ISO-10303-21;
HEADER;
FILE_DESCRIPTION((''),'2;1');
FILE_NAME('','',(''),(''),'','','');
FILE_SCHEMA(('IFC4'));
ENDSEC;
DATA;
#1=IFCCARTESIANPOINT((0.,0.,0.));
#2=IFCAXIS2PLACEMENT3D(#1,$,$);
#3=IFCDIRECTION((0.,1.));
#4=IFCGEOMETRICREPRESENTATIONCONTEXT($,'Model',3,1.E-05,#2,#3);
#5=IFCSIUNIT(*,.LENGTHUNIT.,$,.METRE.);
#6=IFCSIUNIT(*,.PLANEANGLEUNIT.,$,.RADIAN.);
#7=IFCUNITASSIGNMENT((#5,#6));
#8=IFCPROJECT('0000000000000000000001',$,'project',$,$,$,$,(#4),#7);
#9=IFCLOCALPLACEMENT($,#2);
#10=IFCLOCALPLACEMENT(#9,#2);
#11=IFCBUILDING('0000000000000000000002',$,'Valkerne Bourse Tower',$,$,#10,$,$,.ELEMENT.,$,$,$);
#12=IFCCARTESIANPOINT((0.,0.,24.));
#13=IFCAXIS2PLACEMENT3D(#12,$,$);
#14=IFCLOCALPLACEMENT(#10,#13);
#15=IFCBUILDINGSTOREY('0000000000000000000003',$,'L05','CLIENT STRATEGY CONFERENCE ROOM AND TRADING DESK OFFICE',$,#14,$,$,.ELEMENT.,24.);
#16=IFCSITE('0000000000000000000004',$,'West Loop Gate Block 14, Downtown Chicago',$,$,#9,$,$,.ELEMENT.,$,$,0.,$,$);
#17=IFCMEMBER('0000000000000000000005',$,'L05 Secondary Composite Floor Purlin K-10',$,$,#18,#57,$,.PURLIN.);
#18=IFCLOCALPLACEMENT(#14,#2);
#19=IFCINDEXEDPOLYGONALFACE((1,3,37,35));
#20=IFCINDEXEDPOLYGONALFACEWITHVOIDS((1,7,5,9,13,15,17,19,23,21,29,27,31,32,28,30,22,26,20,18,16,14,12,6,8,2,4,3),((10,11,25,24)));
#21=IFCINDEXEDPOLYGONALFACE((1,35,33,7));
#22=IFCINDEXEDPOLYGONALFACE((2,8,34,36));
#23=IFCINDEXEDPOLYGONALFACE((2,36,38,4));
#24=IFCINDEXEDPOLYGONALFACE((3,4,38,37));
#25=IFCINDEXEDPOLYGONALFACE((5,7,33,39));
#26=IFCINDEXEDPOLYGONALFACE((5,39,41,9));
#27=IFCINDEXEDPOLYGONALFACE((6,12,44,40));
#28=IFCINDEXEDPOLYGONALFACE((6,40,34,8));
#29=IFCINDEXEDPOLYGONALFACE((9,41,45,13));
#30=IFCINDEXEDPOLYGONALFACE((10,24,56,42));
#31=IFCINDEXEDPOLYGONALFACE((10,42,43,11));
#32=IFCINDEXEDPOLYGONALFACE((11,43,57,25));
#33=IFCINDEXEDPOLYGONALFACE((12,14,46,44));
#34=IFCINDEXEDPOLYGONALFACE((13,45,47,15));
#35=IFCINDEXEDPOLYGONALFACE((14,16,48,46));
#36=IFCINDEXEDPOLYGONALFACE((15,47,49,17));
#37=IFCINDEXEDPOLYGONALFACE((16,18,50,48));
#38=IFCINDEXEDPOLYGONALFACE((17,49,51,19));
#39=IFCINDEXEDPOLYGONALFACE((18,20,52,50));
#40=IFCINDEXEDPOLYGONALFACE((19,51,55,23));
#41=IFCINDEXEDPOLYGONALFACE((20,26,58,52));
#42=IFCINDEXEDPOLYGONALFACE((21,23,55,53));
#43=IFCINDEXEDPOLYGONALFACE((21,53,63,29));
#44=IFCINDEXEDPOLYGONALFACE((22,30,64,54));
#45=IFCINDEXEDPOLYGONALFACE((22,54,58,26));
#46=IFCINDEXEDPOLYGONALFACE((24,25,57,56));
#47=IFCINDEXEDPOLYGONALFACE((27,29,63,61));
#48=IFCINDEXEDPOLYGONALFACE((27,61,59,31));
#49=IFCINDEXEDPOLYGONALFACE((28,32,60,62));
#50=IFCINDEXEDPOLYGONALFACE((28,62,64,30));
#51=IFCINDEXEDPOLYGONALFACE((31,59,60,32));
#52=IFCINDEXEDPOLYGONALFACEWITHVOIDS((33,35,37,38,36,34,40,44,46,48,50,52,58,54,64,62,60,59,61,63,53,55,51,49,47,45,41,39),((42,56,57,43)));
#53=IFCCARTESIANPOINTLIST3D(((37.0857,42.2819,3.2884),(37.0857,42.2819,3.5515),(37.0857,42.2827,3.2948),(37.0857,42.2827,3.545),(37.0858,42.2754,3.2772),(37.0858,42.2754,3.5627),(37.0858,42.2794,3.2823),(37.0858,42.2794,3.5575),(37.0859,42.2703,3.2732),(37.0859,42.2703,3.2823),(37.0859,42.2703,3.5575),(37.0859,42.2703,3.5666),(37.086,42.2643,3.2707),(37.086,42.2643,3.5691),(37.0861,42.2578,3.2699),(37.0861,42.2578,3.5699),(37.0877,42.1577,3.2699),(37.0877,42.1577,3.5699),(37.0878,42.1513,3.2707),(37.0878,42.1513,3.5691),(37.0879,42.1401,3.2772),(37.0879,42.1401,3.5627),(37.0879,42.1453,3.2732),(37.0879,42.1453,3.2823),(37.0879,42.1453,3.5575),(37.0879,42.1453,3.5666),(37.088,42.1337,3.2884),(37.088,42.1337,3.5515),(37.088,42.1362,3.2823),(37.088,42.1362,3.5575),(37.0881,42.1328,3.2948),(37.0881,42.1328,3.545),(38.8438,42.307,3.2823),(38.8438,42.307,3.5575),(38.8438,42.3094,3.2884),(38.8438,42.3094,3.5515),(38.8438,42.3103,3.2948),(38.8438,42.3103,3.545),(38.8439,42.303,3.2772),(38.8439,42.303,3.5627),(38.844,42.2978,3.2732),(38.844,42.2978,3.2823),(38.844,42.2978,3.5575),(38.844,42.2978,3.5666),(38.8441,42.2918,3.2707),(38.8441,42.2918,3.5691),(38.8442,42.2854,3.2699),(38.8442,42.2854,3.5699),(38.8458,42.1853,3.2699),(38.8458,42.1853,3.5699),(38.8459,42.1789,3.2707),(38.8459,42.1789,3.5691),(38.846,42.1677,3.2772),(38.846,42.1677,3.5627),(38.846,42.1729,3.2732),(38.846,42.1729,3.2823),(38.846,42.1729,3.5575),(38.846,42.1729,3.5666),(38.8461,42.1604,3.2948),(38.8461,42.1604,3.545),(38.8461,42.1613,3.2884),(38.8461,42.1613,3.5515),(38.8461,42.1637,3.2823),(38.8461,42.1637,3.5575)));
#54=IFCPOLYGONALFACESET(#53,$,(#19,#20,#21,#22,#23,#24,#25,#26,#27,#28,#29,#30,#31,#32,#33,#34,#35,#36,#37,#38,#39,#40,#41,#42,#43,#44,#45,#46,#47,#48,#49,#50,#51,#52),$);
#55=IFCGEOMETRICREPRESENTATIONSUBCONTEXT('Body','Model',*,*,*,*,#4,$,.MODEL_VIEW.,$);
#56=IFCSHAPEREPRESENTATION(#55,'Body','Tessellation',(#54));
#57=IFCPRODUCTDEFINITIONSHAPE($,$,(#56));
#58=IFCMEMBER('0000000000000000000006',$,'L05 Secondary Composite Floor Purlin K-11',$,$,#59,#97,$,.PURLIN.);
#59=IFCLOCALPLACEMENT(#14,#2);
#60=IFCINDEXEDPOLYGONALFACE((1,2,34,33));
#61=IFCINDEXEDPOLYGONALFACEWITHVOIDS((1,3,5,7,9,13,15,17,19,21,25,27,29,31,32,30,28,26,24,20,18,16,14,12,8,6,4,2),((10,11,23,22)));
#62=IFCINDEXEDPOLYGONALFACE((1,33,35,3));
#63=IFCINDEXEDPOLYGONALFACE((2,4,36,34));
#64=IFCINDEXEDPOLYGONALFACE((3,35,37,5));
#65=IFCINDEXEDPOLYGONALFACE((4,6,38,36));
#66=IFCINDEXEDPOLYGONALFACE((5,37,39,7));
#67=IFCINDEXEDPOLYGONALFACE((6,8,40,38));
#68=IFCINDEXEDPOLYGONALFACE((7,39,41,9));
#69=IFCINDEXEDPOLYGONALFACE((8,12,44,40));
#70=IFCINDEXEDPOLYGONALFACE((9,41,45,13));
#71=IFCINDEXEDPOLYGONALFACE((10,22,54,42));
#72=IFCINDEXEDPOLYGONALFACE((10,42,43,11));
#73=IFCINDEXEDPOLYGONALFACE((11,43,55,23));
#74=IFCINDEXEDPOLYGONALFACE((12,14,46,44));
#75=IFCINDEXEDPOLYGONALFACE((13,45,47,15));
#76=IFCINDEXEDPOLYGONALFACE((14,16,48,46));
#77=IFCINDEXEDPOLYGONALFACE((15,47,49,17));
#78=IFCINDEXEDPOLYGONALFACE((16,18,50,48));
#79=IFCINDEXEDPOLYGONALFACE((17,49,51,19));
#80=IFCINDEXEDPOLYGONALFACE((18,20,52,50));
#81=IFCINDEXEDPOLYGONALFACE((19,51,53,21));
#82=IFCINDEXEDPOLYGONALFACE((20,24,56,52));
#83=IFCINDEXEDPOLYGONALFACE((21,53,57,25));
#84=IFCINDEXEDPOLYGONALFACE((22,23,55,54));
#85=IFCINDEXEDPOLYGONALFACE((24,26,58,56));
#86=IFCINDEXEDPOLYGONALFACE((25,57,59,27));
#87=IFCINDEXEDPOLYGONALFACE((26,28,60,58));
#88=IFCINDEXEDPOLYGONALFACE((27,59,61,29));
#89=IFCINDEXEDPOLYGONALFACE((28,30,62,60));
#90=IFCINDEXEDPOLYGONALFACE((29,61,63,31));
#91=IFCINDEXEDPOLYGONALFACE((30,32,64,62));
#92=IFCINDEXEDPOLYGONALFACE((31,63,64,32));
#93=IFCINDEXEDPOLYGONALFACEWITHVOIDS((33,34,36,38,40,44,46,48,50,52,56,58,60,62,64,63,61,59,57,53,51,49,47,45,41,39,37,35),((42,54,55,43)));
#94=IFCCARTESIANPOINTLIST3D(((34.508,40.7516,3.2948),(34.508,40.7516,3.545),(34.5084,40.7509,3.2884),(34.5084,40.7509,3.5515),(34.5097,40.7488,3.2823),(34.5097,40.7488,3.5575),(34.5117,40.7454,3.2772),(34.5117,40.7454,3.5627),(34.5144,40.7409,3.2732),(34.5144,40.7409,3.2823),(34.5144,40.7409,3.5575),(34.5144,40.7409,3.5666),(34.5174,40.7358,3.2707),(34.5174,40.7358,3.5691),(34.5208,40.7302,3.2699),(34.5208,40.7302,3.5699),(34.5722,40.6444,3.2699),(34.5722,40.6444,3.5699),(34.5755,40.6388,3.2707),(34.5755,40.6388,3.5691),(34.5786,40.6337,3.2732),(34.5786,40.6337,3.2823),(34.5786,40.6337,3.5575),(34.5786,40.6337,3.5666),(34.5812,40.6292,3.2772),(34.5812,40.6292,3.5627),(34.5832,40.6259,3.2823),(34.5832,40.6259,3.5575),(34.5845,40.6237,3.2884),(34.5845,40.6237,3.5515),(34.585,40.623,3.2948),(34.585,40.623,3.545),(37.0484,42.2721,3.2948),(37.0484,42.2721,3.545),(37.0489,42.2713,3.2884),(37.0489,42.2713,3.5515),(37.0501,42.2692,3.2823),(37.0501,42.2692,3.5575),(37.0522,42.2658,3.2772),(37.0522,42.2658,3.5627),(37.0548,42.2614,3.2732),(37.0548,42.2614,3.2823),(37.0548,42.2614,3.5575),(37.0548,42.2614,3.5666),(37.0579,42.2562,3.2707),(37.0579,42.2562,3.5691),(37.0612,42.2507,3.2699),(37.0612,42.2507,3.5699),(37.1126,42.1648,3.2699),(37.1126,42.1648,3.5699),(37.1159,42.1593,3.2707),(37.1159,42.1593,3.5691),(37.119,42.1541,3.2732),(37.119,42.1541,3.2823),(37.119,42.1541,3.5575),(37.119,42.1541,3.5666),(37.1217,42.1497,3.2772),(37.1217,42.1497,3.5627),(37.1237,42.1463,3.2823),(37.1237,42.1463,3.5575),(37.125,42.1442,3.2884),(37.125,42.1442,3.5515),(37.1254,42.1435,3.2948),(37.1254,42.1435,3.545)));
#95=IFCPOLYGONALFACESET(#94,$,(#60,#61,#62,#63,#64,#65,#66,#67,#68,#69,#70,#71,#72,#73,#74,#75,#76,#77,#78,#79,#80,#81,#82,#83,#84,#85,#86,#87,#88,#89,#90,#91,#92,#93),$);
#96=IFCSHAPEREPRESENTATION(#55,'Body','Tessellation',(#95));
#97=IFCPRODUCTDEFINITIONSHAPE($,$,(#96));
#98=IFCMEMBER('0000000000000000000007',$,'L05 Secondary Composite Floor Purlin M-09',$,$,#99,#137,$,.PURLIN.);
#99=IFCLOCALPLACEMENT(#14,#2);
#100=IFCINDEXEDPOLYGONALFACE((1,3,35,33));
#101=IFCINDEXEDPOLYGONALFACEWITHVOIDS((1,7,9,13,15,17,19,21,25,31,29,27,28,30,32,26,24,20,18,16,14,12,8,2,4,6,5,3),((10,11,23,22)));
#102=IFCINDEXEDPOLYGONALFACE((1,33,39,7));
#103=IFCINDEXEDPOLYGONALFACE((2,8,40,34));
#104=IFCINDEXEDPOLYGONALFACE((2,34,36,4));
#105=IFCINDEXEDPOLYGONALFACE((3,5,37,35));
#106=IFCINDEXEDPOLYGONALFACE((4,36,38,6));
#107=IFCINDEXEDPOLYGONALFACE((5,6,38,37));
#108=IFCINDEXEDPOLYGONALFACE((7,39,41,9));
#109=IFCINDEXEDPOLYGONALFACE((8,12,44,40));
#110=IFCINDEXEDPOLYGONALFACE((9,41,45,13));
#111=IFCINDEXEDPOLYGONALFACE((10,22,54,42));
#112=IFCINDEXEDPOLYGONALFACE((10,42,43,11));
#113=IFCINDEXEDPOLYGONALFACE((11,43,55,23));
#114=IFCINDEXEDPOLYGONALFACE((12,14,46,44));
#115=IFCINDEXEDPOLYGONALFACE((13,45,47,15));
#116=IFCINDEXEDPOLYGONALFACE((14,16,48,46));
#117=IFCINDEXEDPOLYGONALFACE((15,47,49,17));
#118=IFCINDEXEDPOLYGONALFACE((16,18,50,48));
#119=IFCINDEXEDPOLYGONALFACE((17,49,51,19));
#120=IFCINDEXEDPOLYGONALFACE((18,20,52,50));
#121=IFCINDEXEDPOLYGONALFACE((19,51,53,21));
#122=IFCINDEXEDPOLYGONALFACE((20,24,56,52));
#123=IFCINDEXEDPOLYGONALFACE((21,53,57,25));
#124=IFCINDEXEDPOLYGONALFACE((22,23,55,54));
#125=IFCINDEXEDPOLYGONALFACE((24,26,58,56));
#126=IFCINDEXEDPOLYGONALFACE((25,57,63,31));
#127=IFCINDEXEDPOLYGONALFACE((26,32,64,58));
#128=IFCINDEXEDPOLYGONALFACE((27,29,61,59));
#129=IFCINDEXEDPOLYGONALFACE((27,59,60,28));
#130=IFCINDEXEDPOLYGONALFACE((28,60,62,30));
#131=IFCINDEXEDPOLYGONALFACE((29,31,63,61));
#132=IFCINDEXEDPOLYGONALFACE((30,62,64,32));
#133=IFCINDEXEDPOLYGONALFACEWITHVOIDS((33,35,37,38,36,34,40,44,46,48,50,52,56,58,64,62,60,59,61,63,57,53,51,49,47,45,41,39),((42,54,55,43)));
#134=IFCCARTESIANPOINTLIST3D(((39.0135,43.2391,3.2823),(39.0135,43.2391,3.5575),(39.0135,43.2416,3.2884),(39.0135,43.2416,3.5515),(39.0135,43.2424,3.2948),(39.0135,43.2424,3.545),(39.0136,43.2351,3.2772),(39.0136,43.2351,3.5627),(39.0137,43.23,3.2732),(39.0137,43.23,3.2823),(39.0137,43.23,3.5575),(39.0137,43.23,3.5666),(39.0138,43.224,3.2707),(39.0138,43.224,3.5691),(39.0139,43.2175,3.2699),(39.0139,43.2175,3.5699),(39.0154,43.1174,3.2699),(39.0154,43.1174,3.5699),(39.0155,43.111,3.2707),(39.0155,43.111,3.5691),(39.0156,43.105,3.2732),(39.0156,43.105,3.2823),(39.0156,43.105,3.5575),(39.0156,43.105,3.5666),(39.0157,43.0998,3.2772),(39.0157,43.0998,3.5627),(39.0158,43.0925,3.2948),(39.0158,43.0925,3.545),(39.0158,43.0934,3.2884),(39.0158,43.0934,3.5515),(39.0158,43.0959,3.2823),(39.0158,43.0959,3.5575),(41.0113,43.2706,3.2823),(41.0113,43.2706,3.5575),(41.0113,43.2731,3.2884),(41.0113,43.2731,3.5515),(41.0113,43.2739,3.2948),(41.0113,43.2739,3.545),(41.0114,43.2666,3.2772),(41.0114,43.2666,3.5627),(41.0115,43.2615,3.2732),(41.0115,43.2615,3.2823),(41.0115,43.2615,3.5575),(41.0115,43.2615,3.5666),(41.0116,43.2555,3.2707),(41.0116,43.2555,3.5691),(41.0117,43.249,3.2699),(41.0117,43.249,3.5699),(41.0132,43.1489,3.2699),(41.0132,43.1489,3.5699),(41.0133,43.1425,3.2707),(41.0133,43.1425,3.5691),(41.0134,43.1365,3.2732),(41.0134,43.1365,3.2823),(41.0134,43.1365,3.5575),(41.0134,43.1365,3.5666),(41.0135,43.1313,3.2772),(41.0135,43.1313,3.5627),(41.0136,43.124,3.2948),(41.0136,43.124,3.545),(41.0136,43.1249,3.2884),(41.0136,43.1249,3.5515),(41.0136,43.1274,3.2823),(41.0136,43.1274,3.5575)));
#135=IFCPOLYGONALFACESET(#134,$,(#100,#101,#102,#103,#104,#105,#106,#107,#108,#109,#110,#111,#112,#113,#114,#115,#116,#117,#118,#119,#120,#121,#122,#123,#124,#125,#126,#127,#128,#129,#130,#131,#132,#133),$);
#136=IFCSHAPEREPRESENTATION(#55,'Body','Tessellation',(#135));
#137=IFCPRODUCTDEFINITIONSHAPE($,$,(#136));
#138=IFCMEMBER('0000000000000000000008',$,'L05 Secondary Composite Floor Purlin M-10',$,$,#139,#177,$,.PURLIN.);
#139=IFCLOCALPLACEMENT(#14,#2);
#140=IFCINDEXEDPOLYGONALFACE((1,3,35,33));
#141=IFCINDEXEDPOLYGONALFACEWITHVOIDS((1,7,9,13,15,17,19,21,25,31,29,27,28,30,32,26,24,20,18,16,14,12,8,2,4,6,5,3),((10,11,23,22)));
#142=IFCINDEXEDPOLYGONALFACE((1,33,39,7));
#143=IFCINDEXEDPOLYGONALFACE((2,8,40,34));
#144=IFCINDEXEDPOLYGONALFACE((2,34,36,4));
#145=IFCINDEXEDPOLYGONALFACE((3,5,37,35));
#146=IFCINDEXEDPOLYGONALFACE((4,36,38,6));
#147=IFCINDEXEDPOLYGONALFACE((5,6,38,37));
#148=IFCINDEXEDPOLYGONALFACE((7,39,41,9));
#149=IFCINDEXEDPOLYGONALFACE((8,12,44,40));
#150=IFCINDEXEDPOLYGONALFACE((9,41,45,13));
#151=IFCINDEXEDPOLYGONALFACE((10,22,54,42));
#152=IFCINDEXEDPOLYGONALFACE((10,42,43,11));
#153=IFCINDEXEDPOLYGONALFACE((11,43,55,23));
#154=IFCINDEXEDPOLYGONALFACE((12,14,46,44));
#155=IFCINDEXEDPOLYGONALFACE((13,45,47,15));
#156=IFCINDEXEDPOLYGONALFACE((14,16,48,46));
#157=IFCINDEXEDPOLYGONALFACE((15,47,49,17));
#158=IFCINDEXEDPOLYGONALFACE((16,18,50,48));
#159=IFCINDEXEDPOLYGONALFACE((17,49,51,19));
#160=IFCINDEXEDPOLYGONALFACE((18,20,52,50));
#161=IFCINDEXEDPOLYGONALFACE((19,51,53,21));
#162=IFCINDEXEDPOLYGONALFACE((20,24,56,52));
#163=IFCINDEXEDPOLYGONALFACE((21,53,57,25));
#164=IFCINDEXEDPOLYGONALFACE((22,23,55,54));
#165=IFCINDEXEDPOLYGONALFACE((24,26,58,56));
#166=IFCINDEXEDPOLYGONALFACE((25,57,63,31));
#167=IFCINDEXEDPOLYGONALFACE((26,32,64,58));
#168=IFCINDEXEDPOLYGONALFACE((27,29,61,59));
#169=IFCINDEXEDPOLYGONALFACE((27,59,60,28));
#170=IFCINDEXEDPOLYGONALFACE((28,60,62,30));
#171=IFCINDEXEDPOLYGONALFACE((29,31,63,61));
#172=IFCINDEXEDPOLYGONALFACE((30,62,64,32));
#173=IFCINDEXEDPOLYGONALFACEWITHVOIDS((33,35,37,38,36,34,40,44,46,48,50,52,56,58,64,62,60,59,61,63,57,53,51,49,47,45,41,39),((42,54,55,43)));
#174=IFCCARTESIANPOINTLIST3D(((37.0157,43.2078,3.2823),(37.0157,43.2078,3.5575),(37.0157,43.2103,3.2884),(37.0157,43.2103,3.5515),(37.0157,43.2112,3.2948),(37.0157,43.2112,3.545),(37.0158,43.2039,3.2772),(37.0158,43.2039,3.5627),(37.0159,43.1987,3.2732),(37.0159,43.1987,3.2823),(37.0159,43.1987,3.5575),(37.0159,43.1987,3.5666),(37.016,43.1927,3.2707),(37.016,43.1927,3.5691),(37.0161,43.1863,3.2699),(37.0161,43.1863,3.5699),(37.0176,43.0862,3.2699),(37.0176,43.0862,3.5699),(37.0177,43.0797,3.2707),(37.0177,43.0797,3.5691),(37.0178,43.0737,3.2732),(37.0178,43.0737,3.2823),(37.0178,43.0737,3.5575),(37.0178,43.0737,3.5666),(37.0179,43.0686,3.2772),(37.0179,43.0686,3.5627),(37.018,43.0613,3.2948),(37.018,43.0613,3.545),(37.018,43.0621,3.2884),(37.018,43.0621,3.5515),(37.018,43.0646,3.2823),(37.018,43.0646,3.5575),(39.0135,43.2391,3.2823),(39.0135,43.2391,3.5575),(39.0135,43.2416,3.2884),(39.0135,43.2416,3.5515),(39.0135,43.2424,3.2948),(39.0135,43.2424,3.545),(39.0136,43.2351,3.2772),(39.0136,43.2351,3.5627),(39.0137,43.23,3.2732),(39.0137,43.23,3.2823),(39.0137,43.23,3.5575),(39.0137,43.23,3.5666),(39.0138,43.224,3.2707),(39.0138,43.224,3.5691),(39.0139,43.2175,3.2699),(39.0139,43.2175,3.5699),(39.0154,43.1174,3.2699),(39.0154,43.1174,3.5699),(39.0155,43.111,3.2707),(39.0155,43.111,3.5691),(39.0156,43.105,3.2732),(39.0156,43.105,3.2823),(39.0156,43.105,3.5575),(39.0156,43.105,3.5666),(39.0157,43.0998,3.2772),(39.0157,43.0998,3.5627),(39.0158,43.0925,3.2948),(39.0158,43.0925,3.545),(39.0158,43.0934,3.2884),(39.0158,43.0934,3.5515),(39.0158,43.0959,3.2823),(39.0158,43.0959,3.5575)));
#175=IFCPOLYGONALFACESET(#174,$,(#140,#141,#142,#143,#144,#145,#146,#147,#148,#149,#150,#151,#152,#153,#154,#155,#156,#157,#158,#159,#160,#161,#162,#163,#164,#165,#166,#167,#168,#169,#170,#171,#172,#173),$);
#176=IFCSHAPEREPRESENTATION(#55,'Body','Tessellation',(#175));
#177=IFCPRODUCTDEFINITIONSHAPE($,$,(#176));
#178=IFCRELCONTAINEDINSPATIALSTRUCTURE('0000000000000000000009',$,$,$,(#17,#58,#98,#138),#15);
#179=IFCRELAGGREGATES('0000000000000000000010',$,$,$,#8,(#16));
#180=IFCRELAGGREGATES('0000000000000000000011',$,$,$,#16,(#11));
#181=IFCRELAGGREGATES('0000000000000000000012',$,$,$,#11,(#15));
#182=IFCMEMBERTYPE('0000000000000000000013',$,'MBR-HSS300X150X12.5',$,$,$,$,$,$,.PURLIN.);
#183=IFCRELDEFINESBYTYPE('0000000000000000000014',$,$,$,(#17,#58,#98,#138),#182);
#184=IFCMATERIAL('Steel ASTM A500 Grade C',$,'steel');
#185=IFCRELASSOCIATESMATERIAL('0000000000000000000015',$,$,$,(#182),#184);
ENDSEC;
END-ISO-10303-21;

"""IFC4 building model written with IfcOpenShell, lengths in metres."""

from ifc_helpers import new_model, si_unit, direction, frame, origin, origin_2d, place, context, subcontext, project, spatial, hollow_rectangle, extrude, material, material_profile, profile_set, type_object, element, save


model = new_model("IFC4")

# Units and contexts
model_context = context("Model", 3, precision=1e-05, world=origin(), true_north=direction((0.0, 1.0)))
body_context = subcontext(model_context, "Body", "Model", "MODEL_VIEW")
ifc_project = project(units=[si_unit("LENGTHUNIT", "METRE"), si_unit("PLANEANGLEUNIT", "RADIAN")], contexts=[model_context])

# Site, building, storey
site_placement = place(None, origin())
site = spatial("IfcSite", under=ifc_project, at=site_placement, Name="West Loop Gate Block 14, Downtown Chicago", CompositionType="ELEMENT", RefElevation=0.0)
building_placement = place(site_placement, origin())
building = spatial("IfcBuilding", under=site, at=building_placement, Name="Valkerne Bourse Tower", CompositionType="ELEMENT")
storey_placement = place(building_placement, frame((0.0, 0.0, 24.0)))
storey = spatial("IfcBuildingStorey", under=building, at=storey_placement, Name="L05", Description="CLIENT STRATEGY CONFERENCE ROOM AND TRADING DESK OFFICE", CompositionType="ELEMENT", Elevation=24.0)

# Members
ifc_material_1 = material(Name="Steel ASTM A500 Grade C", Category="steel")
ifc_material_profile_1 = material_profile(ifc_material_1, hollow_rectangle(XDim=0.1499, YDim=0.3, WallThickness=0.0125, OuterFilletRadius=0.0249, at=origin_2d()), Name="HSS300X150X12.5")
ifc_profile_set_1 = profile_set([ifc_material_profile_1], Name="Steel ASTM A500 Grade C")
member_type_1 = type_object("IfcMemberType", Name="MBR-HSS300X150X12.5", PredefinedType="PURLIN", material=ifc_profile_set_1)
member_1_placement = place(storey_placement, frame((38.845, 42.2354, 3.4199), z_axis=(-0.999877, -0.01569, 0.0), x_axis=(0.01569, -0.999877, 0.0)))
element("IfcMember", 1, at=member_1_placement, inside=storey, type_object=member_type_1, Name="L05 Secondary Composite Floor Purlin K-10", PredefinedType="PURLIN", context=body_context, shape_type="SweptSolid", body=[
    extrude(hollow_rectangle(XDim=0.1499, YDim=0.3, WallThickness=0.0125, OuterFilletRadius=0.0249, at=origin_2d()), origin(), (0.0, 0.0, 1.0), 1.7583),
])
member_2_placement = place(storey_placement, frame((37.0869, 42.2078, 3.4199), z_axis=(-0.85806, -0.51355, 0.0), x_axis=(0.51355, -0.85806, 0.0)))
element("IfcMember", 2, at=member_2_placement, inside=storey, type_object=member_type_1, Name="L05 Secondary Composite Floor Purlin K-11", PredefinedType="PURLIN", context=body_context, shape_type="SweptSolid", body=[
    extrude(hollow_rectangle(XDim=0.1499, YDim=0.3, WallThickness=0.0125, OuterFilletRadius=0.0249, at=origin_2d()), origin(), (0.0, 0.0, 1.0), 2.9607),
])
for number, where, z_axis, x_axis, name in (
    (3, (41.0125, 43.199, 3.4199), (-0.999876, -0.015762, 0.0), (0.015762, -0.999876, 0.0), "L05 Secondary Composite Floor Purlin M-09"),
    (4, (39.0146, 43.1675, 3.4199), (-0.999878, -0.01564, 0.0), (0.01564, -0.999878, 0.0), "L05 Secondary Composite Floor Purlin M-10"),
):
    element("IfcMember", number, at=place(storey_placement, frame(where, z_axis=z_axis, x_axis=x_axis)), inside=storey, type_object=member_type_1, Name=name, PredefinedType="PURLIN", context=body_context, shape_type="SweptSolid", body=[
        extrude(hollow_rectangle(XDim=0.1499, YDim=0.3, WallThickness=0.0125, OuterFilletRadius=0.0249, at=origin_2d()), origin(), (0.0, 0.0, 1.0), 1.998),
    ])

save(model, "model.ifc")
